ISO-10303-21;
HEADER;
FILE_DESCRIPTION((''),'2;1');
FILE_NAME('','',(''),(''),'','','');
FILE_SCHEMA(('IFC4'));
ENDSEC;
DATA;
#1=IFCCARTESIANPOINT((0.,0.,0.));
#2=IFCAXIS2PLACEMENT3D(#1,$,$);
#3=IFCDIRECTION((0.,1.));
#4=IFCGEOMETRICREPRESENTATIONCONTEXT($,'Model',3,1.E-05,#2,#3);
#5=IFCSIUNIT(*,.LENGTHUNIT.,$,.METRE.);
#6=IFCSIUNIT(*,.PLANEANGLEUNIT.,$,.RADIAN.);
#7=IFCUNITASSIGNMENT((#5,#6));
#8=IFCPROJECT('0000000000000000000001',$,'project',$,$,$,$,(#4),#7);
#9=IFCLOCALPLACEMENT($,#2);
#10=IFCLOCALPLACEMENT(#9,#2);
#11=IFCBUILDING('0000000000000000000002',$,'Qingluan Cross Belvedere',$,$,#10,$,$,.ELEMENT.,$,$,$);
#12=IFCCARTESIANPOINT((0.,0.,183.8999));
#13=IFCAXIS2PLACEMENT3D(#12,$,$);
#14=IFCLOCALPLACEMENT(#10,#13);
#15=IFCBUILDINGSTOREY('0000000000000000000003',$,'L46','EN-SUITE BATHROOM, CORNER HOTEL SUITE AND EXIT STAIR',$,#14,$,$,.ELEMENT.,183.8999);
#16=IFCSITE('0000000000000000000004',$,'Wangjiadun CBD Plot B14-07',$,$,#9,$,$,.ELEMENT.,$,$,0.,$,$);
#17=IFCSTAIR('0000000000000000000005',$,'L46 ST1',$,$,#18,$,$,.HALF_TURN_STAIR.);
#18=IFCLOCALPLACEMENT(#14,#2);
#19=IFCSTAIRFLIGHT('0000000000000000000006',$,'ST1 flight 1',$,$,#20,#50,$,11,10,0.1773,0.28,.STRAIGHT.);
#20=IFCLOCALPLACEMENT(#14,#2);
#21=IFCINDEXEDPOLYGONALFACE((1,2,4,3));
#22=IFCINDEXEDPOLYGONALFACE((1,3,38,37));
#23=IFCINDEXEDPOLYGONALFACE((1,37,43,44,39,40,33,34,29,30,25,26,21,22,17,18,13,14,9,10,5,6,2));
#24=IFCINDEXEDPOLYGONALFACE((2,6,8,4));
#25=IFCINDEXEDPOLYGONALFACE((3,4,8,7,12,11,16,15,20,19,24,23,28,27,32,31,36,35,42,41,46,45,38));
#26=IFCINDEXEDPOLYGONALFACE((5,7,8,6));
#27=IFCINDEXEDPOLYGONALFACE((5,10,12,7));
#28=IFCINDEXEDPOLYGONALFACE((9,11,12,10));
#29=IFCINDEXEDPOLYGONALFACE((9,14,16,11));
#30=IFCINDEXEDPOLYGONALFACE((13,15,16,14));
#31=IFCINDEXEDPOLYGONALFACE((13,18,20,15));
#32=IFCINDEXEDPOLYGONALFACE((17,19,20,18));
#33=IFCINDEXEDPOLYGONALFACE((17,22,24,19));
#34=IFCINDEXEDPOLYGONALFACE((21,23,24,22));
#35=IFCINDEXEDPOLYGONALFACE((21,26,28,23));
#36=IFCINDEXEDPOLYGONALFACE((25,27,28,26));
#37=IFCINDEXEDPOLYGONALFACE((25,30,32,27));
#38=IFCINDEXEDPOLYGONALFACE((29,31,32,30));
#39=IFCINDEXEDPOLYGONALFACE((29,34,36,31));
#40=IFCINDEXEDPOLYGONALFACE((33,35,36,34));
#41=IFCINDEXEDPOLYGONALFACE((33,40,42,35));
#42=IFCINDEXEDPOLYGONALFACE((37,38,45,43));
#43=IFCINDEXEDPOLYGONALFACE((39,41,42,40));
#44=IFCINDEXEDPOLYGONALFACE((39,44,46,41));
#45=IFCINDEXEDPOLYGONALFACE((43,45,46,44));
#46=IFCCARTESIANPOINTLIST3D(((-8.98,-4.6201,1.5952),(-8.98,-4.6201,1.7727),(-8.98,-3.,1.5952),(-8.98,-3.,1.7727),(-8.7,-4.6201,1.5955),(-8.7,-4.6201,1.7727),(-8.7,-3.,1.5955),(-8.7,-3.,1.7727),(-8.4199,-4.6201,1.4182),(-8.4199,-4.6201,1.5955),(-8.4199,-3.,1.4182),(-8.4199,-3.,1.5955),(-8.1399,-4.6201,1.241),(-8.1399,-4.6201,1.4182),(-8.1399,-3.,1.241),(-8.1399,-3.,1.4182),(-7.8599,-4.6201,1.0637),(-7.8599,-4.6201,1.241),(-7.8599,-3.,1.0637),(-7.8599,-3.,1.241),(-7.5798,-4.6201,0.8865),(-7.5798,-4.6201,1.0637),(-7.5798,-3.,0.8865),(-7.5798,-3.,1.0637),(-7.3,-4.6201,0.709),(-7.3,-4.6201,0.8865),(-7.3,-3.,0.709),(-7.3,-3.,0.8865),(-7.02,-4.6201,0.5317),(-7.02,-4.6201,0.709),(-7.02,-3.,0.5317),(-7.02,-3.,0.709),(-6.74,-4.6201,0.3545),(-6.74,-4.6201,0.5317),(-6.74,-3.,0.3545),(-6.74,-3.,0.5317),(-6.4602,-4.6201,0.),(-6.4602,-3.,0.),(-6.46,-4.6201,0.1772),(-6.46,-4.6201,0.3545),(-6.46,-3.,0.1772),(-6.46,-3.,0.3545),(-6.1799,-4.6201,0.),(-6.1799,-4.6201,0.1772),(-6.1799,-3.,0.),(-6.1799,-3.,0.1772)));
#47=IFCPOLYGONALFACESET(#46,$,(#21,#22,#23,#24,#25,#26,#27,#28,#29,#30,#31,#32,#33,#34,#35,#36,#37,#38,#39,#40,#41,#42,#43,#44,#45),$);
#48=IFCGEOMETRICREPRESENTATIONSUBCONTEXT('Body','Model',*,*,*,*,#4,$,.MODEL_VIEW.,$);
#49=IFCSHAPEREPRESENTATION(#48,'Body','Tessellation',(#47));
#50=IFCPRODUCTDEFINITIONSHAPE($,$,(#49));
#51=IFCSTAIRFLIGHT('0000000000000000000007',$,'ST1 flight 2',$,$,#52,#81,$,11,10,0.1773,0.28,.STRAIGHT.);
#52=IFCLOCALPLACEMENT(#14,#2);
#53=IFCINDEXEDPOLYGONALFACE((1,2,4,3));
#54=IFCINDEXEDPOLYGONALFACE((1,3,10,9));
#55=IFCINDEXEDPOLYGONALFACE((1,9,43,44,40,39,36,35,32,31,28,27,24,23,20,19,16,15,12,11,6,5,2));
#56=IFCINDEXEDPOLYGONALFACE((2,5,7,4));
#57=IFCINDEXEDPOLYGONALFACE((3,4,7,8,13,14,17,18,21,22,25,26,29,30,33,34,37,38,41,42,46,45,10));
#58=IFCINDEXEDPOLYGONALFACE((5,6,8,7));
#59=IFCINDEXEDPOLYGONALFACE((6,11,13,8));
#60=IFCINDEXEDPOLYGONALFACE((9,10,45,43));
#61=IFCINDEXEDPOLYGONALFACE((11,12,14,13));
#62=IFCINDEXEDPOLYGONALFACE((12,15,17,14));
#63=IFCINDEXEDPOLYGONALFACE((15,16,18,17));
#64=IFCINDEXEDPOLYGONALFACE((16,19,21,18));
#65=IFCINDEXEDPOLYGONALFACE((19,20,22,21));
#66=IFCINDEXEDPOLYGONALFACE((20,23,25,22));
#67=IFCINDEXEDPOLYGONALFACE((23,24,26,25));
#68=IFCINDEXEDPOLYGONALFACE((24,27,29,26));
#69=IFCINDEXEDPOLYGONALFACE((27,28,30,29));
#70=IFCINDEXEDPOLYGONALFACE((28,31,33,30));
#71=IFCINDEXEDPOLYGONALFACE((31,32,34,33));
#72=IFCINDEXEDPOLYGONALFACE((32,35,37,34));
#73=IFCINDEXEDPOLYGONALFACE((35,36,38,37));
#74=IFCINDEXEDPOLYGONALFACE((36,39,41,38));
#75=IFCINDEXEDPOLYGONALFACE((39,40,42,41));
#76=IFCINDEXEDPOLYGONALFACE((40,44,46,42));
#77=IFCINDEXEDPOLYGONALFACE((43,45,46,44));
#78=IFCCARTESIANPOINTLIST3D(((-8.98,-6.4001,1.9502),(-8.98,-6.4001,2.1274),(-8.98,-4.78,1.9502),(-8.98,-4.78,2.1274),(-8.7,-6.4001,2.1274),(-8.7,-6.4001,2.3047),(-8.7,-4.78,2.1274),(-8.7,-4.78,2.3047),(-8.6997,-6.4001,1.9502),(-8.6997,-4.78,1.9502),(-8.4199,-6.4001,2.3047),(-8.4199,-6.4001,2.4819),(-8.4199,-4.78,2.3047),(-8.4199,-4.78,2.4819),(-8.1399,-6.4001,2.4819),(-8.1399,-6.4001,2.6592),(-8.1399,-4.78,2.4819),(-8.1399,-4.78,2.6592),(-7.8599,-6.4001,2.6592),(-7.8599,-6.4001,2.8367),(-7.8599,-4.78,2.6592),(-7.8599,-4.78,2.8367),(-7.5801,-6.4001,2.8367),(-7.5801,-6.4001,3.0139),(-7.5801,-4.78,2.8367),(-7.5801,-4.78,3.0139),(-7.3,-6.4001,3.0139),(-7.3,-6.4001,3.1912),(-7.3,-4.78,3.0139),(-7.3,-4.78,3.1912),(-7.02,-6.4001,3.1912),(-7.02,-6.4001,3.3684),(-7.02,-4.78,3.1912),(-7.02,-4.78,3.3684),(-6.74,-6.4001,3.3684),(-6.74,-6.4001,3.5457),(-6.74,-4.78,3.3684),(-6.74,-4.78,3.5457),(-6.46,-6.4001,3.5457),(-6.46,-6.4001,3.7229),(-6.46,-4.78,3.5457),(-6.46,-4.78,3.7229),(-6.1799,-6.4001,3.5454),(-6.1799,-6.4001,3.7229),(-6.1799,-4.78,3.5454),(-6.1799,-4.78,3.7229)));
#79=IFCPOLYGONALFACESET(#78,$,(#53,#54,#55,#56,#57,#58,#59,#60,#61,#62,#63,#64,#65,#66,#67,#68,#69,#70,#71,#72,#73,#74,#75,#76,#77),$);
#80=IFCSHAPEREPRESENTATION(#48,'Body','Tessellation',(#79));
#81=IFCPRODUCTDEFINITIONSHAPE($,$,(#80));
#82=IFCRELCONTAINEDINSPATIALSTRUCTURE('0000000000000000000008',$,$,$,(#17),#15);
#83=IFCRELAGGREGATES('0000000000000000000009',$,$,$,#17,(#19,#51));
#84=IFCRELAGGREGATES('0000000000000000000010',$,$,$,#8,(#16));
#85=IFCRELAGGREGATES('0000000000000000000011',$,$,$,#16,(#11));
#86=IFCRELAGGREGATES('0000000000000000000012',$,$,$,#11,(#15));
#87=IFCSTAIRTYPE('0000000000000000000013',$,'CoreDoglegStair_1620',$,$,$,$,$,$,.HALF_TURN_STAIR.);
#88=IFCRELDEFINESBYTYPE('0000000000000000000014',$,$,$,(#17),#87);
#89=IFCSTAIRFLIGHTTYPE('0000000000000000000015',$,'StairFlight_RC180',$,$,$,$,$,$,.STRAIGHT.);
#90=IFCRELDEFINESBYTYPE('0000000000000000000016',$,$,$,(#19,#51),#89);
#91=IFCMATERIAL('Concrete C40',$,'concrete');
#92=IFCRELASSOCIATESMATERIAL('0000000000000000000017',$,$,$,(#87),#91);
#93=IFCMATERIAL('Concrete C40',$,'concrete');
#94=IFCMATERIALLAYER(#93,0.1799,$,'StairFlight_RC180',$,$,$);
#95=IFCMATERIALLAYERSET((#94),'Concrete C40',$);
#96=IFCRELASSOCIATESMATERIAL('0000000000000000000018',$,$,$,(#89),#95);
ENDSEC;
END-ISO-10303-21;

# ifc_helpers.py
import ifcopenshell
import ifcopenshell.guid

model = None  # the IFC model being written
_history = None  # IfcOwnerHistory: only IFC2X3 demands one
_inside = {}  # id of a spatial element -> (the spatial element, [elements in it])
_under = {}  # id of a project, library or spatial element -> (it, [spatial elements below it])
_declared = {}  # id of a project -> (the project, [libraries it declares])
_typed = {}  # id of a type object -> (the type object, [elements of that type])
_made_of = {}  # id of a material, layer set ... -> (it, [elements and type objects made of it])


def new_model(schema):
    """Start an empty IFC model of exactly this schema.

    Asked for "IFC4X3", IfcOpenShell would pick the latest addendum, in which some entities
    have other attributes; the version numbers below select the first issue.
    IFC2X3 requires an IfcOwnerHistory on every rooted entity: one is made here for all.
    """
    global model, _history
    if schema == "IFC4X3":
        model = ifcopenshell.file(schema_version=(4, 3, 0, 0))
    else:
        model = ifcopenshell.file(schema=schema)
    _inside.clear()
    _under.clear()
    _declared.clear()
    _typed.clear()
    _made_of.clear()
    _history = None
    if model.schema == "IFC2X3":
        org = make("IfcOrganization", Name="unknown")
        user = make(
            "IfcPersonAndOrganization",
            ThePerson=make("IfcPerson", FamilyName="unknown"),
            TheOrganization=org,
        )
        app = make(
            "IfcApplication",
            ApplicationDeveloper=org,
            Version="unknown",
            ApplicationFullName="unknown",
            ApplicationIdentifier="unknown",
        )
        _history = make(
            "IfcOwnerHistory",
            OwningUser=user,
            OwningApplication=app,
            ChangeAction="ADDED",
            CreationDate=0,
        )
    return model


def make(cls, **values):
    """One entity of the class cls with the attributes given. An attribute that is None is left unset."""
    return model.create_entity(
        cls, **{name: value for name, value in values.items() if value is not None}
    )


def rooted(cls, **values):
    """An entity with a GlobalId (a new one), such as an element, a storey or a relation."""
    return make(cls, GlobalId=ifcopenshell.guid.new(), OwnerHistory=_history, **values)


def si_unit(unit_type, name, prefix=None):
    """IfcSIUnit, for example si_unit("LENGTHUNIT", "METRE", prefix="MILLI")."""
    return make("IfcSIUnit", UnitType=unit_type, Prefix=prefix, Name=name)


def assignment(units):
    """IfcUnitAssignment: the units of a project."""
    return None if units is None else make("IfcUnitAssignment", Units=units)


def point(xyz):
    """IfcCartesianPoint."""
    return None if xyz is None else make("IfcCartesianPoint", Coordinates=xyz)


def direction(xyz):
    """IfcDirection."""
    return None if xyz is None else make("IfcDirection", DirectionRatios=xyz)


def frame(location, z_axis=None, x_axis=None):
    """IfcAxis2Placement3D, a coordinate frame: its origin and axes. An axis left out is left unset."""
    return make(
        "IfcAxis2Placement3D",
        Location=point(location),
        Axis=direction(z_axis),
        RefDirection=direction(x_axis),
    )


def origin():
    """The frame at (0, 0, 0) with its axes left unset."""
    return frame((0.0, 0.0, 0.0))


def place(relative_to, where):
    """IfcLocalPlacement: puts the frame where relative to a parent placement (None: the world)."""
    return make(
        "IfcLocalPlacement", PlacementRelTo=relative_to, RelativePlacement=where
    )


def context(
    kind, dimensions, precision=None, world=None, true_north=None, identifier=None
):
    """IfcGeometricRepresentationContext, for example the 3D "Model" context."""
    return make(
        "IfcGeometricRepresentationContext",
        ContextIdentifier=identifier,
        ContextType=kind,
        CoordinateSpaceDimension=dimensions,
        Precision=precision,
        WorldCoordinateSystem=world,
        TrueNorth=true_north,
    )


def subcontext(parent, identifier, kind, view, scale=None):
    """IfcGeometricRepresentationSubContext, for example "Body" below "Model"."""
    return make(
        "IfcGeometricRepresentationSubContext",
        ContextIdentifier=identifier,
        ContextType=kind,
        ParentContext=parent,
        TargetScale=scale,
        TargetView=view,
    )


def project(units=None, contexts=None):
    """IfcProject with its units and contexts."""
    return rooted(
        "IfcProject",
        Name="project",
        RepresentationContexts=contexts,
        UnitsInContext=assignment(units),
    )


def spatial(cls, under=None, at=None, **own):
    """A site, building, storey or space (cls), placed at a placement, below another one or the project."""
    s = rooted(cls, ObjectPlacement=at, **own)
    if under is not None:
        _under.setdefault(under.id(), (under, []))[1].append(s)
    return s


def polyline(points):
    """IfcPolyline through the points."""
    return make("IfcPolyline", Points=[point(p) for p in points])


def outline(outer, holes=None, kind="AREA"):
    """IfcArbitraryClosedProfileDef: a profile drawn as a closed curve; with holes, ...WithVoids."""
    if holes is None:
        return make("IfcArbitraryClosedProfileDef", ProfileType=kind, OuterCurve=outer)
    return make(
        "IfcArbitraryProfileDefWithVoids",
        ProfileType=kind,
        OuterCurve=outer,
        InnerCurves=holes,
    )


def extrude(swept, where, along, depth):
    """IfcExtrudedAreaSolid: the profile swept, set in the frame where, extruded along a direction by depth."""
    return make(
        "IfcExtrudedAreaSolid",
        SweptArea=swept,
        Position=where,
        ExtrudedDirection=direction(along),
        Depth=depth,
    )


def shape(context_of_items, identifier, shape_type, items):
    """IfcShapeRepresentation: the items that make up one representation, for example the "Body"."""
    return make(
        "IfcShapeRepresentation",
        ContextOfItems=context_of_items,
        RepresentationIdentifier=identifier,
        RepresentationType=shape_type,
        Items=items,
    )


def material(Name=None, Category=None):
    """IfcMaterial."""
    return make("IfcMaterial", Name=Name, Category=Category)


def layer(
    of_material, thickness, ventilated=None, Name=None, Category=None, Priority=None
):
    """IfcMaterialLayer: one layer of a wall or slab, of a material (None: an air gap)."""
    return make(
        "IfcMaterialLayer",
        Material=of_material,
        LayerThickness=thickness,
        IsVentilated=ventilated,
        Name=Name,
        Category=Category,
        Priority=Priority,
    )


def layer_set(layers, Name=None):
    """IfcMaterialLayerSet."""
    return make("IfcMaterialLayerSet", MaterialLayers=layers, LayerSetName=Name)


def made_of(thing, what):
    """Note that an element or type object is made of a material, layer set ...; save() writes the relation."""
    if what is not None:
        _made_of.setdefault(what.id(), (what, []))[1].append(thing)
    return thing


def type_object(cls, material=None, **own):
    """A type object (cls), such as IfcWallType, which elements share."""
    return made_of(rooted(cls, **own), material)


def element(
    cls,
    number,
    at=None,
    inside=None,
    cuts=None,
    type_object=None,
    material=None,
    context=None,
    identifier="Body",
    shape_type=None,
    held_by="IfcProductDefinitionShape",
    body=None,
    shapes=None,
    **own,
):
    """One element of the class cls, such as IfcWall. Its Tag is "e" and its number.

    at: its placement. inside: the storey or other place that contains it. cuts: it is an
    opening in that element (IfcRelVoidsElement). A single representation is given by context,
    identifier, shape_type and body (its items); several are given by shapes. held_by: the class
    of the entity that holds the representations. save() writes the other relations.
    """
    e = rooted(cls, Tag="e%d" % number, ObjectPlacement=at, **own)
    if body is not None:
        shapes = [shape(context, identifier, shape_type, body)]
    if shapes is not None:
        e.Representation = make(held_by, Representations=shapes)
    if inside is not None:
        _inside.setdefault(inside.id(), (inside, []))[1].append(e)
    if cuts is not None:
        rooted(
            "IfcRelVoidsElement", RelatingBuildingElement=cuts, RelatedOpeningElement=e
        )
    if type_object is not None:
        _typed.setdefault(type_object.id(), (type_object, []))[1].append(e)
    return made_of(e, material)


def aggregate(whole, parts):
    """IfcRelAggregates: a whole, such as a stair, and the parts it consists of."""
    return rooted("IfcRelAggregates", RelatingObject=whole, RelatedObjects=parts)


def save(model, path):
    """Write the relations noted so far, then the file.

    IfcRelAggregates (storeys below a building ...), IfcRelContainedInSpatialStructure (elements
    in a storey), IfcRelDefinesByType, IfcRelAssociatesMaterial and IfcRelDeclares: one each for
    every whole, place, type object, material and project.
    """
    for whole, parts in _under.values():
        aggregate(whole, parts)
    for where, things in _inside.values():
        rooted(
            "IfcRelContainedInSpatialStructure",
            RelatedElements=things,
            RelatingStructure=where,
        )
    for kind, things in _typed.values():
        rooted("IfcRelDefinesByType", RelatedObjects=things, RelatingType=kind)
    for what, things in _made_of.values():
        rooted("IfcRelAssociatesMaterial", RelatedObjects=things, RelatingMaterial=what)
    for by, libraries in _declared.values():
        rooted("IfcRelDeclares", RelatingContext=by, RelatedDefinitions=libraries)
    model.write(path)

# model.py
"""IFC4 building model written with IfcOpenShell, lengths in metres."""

from ifc_helpers import new_model, si_unit, direction, frame, origin, place, context, subcontext, project, spatial, polyline, outline, extrude, material, layer, layer_set, type_object, element, aggregate, save


model = new_model("IFC4")

# Units and contexts
model_context = context("Model", 3, precision=1e-05, world=origin(), true_north=direction((0.0, 1.0)))
body_context = subcontext(model_context, "Body", "Model", "MODEL_VIEW")
ifc_project = project(units=[si_unit("LENGTHUNIT", "METRE"), si_unit("PLANEANGLEUNIT", "RADIAN")], contexts=[model_context])

# Site, building, storey
site_placement = place(None, origin())
site = spatial("IfcSite", under=ifc_project, at=site_placement, Name="Wangjiadun CBD Plot B14-07", CompositionType="ELEMENT", RefElevation=0.0)
building_placement = place(site_placement, origin())
building = spatial("IfcBuilding", under=site, at=building_placement, Name="Qingluan Cross Belvedere", CompositionType="ELEMENT")
storey_placement = place(building_placement, frame((0.0, 0.0, 183.8999)))
storey = spatial("IfcBuildingStorey", under=building, at=storey_placement, Name="L46", Description="EN-SUITE BATHROOM, CORNER HOTEL SUITE AND EXIT STAIR", CompositionType="ELEMENT", Elevation=183.8999)

# Stair, stair flights
ifc_material_1 = material(Name="Concrete C40", Category="concrete")
stair_type = type_object("IfcStairType", Name="CoreDoglegStair_1620", PredefinedType="HALF_TURN_STAIR", material=ifc_material_1)
stair_placement = place(storey_placement, origin())
stair = element("IfcStair", 1, at=stair_placement, inside=storey, type_object=stair_type, Name="L46 ST1", PredefinedType="HALF_TURN_STAIR")
ifc_material_2 = material(Name="Concrete C40", Category="concrete")
ifc_layer_1 = layer(ifc_material_2, 0.1799, Name="StairFlight_RC180")
ifc_layer_set_1 = layer_set([ifc_layer_1], Name="Concrete C40")
stair_flight_type = type_object("IfcStairFlightType", Name="StairFlight_RC180", PredefinedType="STRAIGHT", material=ifc_layer_set_1)
stair_flight_1_placement = place(storey_placement, frame((-6.1799, -3.8101, 0.0), z_axis=(0.0, 0.0, 1.0), x_axis=(-1.0, 0.0, 0.0)))
stair_flight_1 = element("IfcStairFlight", 2, at=stair_flight_1_placement, type_object=stair_flight_type, Name="ST1 flight 1", NumberOfRisers=11, NumberOfTreads=10, PredefinedType="STRAIGHT", RiserHeight=0.1773, TreadLength=0.28, context=body_context, shape_type="SweptSolid", body=[
    extrude(outline(polyline([(0.0, 0.0), (0.0, 0.1772), (0.28, 0.1772), (0.28, 0.3545), (0.5601, 0.3545), (0.5601, 0.5317), (0.8401, 0.5317), (0.8401, 0.709), (1.1201, 0.709), (1.1201, 0.8865), (1.3999, 0.8865), (1.3999, 1.0637), (1.6799, 1.0637), (1.6799, 1.241), (1.96, 1.241), (1.96, 1.4182), (2.24, 1.4182), (2.24, 1.5955), (2.52, 1.5955), (2.52, 1.7727), (2.8, 1.7727), (2.8, 1.95), (2.8, 1.5952), (0.2803, 0.0), (0.0, 0.0)])), frame((0.0, 0.8101, 0.0), z_axis=(0.0, -1.0, 0.0), x_axis=(1.0, 0.0, 0.0)), (0.0, 0.0, 1.0), 1.6201),
])
stair_flight_2_placement = place(storey_placement, frame((-8.98, -5.5901, 1.9502), z_axis=(0.0, 0.0, 1.0), x_axis=(1.0, 0.0, 0.0)))
stair_flight_2 = element("IfcStairFlight", 3, at=stair_flight_2_placement, type_object=stair_flight_type, Name="ST1 flight 2", NumberOfRisers=11, NumberOfTreads=10, PredefinedType="STRAIGHT", RiserHeight=0.1773, TreadLength=0.28, context=body_context, shape_type="SweptSolid", body=[
    extrude(outline(polyline([(0.0, 0.0), (0.0, 0.1772), (0.28, 0.1772), (0.28, 0.3545), (0.5601, 0.3545), (0.5601, 0.5317), (0.8401, 0.5317), (0.8401, 0.709), (1.1201, 0.709), (1.1201, 0.8865), (1.3999, 0.8865), (1.3999, 1.0637), (1.6799, 1.0637), (1.6799, 1.241), (1.96, 1.241), (1.96, 1.4182), (2.24, 1.4182), (2.24, 1.5955), (2.52, 1.5955), (2.52, 1.7727), (2.8, 1.7727), (2.8, 1.95), (2.8, 1.5952), (0.2803, 0.0), (0.0, 0.0)])), frame((0.0, 0.8101, 0.0), z_axis=(0.0, -1.0, 0.0), x_axis=(1.0, 0.0, 0.0)), (0.0, 0.0, 1.0), 1.6201),
])
aggregate(stair, [stair_flight_1, stair_flight_2])

save(model, "model.ifc")
